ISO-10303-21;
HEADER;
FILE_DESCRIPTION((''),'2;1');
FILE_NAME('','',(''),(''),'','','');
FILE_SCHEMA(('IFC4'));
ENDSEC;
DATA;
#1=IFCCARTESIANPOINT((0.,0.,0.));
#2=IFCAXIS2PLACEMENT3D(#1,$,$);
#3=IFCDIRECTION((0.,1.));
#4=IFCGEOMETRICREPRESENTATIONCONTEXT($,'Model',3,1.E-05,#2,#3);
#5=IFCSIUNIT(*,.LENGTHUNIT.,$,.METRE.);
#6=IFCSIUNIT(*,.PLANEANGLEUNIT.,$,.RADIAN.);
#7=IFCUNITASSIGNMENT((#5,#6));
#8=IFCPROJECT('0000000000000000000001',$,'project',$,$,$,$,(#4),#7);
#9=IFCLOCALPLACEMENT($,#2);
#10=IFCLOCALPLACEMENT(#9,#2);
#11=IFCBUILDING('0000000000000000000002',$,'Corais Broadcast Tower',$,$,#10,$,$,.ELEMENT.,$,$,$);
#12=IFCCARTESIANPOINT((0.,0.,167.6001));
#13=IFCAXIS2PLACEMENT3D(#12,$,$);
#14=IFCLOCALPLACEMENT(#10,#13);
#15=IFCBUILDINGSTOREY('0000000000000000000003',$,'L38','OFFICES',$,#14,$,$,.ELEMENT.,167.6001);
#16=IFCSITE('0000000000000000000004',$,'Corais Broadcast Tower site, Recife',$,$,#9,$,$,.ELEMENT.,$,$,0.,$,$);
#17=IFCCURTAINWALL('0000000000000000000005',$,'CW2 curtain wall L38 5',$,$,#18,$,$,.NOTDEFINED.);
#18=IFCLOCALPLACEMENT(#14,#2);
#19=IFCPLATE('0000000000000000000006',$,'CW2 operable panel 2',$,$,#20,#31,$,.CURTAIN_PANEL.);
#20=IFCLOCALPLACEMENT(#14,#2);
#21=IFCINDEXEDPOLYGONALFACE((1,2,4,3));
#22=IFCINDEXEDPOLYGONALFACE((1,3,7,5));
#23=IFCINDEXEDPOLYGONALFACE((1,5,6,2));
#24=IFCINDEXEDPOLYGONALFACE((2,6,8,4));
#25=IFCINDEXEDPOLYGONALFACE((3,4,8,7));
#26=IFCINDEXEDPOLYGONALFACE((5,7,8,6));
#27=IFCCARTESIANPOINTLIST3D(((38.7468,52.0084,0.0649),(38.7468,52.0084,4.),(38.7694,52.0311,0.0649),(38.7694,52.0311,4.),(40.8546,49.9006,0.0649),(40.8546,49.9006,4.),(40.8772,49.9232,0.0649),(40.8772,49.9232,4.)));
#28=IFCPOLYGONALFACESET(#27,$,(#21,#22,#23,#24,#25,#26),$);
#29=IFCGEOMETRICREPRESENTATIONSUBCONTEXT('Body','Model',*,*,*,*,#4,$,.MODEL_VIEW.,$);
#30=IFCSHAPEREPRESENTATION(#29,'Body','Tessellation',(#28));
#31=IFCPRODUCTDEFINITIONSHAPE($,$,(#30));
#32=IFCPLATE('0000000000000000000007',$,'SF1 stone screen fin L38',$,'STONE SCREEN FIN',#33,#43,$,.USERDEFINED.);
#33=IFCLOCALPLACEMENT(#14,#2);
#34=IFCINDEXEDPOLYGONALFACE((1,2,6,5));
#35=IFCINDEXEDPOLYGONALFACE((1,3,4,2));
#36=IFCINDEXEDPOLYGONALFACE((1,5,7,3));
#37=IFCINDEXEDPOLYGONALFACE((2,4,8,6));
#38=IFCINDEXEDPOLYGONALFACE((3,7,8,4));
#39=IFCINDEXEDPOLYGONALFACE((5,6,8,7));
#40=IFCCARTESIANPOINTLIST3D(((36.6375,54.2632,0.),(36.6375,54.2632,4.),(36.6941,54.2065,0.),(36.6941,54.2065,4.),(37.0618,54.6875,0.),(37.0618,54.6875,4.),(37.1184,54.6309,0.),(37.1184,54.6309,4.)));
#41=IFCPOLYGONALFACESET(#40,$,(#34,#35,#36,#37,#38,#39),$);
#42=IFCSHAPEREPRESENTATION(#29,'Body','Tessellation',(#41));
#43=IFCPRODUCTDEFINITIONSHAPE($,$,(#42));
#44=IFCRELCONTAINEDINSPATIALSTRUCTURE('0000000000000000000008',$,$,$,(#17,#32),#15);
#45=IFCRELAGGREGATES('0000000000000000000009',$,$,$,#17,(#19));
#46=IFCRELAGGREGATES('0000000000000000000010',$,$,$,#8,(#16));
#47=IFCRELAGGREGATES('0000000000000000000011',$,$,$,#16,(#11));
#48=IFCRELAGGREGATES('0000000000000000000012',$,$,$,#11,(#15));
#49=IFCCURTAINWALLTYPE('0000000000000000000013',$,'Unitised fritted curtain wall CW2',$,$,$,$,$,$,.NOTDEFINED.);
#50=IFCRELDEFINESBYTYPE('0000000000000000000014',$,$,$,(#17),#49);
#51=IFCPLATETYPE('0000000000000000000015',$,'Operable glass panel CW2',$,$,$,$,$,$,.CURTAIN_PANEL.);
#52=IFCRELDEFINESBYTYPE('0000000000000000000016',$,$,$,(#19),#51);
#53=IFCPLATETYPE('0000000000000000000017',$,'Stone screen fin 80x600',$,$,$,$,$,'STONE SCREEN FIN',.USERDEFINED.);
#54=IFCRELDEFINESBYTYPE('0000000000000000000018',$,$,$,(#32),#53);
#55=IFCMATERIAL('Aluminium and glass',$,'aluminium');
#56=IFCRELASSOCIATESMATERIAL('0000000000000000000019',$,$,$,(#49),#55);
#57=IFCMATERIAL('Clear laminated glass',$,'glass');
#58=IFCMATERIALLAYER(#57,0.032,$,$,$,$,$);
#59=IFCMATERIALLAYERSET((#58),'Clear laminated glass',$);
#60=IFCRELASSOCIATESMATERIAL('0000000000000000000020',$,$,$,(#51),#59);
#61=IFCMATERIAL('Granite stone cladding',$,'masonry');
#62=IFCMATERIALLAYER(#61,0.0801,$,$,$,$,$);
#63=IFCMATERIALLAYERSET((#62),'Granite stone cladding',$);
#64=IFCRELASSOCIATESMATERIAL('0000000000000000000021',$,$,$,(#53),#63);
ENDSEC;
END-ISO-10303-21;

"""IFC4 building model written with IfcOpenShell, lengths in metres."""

from ifc_helpers import new_model, si_unit, direction, frame, origin, origin_2d, place, context, subcontext, project, spatial, rectangle, extrude, material, layer, layer_set, type_object, element, aggregate, save


model = new_model("IFC4")

# Units and contexts
model_context = context("Model", 3, precision=1e-05, world=origin(), true_north=direction((0.0, 1.0)))
body_context = subcontext(model_context, "Body", "Model", "MODEL_VIEW")
ifc_project = project(units=[si_unit("LENGTHUNIT", "METRE"), si_unit("PLANEANGLEUNIT", "RADIAN")], contexts=[model_context])

# Site, building, storey
site_placement = place(None, origin())
site = spatial("IfcSite", under=ifc_project, at=site_placement, Name="Corais Broadcast Tower site, Recife", CompositionType="ELEMENT", RefElevation=0.0)
building_placement = place(site_placement, origin())
building = spatial("IfcBuilding", under=site, at=building_placement, Name="Corais Broadcast Tower", CompositionType="ELEMENT")
storey_placement = place(building_placement, frame((0.0, 0.0, 167.6001)))
storey = spatial("IfcBuildingStorey", under=building, at=storey_placement, Name="L38", Description="OFFICES", CompositionType="ELEMENT", Elevation=167.6001)

# Curtain wall
ifc_material_1 = material(Name="Aluminium and glass", Category="aluminium")
curtain_wall_type = type_object("IfcCurtainWallType", Name="Unitised fritted curtain wall CW2", PredefinedType="NOTDEFINED", material=ifc_material_1)
curtain_wall_1_placement = place(storey_placement, origin())
curtain_wall_1 = element("IfcCurtainWall", 1, at=curtain_wall_1_placement, inside=storey, type_object=curtain_wall_type, Name="CW2 curtain wall L38 5", PredefinedType="NOTDEFINED")

# Plates
ifc_material_2 = material(Name="Clear laminated glass", Category="glass")
ifc_layer_1 = layer(ifc_material_2, 0.032)
ifc_layer_set_1 = layer_set([ifc_layer_1], Name="Clear laminated glass")
plate_type_1 = type_object("IfcPlateType", Name="Operable glass panel CW2", PredefinedType="CURTAIN_PANEL", material=ifc_layer_set_1)
plate_1_placement = place(storey_placement, frame((39.812, 50.9658, 0.0649), z_axis=(0.0, 0.0, 1.0), x_axis=(0.707107, -0.707107, 0.0)))
plate_1 = element("IfcPlate", 2, at=plate_1_placement, type_object=plate_type_1, Name="CW2 operable panel 2", PredefinedType="CURTAIN_PANEL", context=body_context, shape_type="SweptSolid", body=[
    extrude(rectangle(XDim=2.981, YDim=0.032, at=origin_2d()), origin(), (0.0, 0.0, 1.0), 3.9351),
])
aggregate(curtain_wall_1, [plate_1])
ifc_material_3 = material(Name="Granite stone cladding", Category="masonry")
ifc_layer_2 = layer(ifc_material_3, 0.0801)
ifc_layer_set_2 = layer_set([ifc_layer_2], Name="Granite stone cladding")
plate_type_2 = type_object("IfcPlateType", Name="Stone screen fin 80x600", ElementType="STONE SCREEN FIN", PredefinedType="USERDEFINED", material=ifc_layer_set_2)
plate_2_placement = place(storey_placement, frame((36.8779, 54.447, 0.0), z_axis=(0.0, 0.0, 1.0), x_axis=(0.707107, -0.707107, 0.0)))
element("IfcPlate", 3, at=plate_2_placement, inside=storey, type_object=plate_type_2, Name="SF1 stone screen fin L38", ObjectType="STONE SCREEN FIN", PredefinedType="USERDEFINED", context=body_context, shape_type="SweptSolid", body=[
    extrude(rectangle(XDim=0.0801, YDim=0.6001, at=origin_2d()), origin(), (0.0, 0.0, 1.0), 4.0),
])

save(model, "model.ifc")
